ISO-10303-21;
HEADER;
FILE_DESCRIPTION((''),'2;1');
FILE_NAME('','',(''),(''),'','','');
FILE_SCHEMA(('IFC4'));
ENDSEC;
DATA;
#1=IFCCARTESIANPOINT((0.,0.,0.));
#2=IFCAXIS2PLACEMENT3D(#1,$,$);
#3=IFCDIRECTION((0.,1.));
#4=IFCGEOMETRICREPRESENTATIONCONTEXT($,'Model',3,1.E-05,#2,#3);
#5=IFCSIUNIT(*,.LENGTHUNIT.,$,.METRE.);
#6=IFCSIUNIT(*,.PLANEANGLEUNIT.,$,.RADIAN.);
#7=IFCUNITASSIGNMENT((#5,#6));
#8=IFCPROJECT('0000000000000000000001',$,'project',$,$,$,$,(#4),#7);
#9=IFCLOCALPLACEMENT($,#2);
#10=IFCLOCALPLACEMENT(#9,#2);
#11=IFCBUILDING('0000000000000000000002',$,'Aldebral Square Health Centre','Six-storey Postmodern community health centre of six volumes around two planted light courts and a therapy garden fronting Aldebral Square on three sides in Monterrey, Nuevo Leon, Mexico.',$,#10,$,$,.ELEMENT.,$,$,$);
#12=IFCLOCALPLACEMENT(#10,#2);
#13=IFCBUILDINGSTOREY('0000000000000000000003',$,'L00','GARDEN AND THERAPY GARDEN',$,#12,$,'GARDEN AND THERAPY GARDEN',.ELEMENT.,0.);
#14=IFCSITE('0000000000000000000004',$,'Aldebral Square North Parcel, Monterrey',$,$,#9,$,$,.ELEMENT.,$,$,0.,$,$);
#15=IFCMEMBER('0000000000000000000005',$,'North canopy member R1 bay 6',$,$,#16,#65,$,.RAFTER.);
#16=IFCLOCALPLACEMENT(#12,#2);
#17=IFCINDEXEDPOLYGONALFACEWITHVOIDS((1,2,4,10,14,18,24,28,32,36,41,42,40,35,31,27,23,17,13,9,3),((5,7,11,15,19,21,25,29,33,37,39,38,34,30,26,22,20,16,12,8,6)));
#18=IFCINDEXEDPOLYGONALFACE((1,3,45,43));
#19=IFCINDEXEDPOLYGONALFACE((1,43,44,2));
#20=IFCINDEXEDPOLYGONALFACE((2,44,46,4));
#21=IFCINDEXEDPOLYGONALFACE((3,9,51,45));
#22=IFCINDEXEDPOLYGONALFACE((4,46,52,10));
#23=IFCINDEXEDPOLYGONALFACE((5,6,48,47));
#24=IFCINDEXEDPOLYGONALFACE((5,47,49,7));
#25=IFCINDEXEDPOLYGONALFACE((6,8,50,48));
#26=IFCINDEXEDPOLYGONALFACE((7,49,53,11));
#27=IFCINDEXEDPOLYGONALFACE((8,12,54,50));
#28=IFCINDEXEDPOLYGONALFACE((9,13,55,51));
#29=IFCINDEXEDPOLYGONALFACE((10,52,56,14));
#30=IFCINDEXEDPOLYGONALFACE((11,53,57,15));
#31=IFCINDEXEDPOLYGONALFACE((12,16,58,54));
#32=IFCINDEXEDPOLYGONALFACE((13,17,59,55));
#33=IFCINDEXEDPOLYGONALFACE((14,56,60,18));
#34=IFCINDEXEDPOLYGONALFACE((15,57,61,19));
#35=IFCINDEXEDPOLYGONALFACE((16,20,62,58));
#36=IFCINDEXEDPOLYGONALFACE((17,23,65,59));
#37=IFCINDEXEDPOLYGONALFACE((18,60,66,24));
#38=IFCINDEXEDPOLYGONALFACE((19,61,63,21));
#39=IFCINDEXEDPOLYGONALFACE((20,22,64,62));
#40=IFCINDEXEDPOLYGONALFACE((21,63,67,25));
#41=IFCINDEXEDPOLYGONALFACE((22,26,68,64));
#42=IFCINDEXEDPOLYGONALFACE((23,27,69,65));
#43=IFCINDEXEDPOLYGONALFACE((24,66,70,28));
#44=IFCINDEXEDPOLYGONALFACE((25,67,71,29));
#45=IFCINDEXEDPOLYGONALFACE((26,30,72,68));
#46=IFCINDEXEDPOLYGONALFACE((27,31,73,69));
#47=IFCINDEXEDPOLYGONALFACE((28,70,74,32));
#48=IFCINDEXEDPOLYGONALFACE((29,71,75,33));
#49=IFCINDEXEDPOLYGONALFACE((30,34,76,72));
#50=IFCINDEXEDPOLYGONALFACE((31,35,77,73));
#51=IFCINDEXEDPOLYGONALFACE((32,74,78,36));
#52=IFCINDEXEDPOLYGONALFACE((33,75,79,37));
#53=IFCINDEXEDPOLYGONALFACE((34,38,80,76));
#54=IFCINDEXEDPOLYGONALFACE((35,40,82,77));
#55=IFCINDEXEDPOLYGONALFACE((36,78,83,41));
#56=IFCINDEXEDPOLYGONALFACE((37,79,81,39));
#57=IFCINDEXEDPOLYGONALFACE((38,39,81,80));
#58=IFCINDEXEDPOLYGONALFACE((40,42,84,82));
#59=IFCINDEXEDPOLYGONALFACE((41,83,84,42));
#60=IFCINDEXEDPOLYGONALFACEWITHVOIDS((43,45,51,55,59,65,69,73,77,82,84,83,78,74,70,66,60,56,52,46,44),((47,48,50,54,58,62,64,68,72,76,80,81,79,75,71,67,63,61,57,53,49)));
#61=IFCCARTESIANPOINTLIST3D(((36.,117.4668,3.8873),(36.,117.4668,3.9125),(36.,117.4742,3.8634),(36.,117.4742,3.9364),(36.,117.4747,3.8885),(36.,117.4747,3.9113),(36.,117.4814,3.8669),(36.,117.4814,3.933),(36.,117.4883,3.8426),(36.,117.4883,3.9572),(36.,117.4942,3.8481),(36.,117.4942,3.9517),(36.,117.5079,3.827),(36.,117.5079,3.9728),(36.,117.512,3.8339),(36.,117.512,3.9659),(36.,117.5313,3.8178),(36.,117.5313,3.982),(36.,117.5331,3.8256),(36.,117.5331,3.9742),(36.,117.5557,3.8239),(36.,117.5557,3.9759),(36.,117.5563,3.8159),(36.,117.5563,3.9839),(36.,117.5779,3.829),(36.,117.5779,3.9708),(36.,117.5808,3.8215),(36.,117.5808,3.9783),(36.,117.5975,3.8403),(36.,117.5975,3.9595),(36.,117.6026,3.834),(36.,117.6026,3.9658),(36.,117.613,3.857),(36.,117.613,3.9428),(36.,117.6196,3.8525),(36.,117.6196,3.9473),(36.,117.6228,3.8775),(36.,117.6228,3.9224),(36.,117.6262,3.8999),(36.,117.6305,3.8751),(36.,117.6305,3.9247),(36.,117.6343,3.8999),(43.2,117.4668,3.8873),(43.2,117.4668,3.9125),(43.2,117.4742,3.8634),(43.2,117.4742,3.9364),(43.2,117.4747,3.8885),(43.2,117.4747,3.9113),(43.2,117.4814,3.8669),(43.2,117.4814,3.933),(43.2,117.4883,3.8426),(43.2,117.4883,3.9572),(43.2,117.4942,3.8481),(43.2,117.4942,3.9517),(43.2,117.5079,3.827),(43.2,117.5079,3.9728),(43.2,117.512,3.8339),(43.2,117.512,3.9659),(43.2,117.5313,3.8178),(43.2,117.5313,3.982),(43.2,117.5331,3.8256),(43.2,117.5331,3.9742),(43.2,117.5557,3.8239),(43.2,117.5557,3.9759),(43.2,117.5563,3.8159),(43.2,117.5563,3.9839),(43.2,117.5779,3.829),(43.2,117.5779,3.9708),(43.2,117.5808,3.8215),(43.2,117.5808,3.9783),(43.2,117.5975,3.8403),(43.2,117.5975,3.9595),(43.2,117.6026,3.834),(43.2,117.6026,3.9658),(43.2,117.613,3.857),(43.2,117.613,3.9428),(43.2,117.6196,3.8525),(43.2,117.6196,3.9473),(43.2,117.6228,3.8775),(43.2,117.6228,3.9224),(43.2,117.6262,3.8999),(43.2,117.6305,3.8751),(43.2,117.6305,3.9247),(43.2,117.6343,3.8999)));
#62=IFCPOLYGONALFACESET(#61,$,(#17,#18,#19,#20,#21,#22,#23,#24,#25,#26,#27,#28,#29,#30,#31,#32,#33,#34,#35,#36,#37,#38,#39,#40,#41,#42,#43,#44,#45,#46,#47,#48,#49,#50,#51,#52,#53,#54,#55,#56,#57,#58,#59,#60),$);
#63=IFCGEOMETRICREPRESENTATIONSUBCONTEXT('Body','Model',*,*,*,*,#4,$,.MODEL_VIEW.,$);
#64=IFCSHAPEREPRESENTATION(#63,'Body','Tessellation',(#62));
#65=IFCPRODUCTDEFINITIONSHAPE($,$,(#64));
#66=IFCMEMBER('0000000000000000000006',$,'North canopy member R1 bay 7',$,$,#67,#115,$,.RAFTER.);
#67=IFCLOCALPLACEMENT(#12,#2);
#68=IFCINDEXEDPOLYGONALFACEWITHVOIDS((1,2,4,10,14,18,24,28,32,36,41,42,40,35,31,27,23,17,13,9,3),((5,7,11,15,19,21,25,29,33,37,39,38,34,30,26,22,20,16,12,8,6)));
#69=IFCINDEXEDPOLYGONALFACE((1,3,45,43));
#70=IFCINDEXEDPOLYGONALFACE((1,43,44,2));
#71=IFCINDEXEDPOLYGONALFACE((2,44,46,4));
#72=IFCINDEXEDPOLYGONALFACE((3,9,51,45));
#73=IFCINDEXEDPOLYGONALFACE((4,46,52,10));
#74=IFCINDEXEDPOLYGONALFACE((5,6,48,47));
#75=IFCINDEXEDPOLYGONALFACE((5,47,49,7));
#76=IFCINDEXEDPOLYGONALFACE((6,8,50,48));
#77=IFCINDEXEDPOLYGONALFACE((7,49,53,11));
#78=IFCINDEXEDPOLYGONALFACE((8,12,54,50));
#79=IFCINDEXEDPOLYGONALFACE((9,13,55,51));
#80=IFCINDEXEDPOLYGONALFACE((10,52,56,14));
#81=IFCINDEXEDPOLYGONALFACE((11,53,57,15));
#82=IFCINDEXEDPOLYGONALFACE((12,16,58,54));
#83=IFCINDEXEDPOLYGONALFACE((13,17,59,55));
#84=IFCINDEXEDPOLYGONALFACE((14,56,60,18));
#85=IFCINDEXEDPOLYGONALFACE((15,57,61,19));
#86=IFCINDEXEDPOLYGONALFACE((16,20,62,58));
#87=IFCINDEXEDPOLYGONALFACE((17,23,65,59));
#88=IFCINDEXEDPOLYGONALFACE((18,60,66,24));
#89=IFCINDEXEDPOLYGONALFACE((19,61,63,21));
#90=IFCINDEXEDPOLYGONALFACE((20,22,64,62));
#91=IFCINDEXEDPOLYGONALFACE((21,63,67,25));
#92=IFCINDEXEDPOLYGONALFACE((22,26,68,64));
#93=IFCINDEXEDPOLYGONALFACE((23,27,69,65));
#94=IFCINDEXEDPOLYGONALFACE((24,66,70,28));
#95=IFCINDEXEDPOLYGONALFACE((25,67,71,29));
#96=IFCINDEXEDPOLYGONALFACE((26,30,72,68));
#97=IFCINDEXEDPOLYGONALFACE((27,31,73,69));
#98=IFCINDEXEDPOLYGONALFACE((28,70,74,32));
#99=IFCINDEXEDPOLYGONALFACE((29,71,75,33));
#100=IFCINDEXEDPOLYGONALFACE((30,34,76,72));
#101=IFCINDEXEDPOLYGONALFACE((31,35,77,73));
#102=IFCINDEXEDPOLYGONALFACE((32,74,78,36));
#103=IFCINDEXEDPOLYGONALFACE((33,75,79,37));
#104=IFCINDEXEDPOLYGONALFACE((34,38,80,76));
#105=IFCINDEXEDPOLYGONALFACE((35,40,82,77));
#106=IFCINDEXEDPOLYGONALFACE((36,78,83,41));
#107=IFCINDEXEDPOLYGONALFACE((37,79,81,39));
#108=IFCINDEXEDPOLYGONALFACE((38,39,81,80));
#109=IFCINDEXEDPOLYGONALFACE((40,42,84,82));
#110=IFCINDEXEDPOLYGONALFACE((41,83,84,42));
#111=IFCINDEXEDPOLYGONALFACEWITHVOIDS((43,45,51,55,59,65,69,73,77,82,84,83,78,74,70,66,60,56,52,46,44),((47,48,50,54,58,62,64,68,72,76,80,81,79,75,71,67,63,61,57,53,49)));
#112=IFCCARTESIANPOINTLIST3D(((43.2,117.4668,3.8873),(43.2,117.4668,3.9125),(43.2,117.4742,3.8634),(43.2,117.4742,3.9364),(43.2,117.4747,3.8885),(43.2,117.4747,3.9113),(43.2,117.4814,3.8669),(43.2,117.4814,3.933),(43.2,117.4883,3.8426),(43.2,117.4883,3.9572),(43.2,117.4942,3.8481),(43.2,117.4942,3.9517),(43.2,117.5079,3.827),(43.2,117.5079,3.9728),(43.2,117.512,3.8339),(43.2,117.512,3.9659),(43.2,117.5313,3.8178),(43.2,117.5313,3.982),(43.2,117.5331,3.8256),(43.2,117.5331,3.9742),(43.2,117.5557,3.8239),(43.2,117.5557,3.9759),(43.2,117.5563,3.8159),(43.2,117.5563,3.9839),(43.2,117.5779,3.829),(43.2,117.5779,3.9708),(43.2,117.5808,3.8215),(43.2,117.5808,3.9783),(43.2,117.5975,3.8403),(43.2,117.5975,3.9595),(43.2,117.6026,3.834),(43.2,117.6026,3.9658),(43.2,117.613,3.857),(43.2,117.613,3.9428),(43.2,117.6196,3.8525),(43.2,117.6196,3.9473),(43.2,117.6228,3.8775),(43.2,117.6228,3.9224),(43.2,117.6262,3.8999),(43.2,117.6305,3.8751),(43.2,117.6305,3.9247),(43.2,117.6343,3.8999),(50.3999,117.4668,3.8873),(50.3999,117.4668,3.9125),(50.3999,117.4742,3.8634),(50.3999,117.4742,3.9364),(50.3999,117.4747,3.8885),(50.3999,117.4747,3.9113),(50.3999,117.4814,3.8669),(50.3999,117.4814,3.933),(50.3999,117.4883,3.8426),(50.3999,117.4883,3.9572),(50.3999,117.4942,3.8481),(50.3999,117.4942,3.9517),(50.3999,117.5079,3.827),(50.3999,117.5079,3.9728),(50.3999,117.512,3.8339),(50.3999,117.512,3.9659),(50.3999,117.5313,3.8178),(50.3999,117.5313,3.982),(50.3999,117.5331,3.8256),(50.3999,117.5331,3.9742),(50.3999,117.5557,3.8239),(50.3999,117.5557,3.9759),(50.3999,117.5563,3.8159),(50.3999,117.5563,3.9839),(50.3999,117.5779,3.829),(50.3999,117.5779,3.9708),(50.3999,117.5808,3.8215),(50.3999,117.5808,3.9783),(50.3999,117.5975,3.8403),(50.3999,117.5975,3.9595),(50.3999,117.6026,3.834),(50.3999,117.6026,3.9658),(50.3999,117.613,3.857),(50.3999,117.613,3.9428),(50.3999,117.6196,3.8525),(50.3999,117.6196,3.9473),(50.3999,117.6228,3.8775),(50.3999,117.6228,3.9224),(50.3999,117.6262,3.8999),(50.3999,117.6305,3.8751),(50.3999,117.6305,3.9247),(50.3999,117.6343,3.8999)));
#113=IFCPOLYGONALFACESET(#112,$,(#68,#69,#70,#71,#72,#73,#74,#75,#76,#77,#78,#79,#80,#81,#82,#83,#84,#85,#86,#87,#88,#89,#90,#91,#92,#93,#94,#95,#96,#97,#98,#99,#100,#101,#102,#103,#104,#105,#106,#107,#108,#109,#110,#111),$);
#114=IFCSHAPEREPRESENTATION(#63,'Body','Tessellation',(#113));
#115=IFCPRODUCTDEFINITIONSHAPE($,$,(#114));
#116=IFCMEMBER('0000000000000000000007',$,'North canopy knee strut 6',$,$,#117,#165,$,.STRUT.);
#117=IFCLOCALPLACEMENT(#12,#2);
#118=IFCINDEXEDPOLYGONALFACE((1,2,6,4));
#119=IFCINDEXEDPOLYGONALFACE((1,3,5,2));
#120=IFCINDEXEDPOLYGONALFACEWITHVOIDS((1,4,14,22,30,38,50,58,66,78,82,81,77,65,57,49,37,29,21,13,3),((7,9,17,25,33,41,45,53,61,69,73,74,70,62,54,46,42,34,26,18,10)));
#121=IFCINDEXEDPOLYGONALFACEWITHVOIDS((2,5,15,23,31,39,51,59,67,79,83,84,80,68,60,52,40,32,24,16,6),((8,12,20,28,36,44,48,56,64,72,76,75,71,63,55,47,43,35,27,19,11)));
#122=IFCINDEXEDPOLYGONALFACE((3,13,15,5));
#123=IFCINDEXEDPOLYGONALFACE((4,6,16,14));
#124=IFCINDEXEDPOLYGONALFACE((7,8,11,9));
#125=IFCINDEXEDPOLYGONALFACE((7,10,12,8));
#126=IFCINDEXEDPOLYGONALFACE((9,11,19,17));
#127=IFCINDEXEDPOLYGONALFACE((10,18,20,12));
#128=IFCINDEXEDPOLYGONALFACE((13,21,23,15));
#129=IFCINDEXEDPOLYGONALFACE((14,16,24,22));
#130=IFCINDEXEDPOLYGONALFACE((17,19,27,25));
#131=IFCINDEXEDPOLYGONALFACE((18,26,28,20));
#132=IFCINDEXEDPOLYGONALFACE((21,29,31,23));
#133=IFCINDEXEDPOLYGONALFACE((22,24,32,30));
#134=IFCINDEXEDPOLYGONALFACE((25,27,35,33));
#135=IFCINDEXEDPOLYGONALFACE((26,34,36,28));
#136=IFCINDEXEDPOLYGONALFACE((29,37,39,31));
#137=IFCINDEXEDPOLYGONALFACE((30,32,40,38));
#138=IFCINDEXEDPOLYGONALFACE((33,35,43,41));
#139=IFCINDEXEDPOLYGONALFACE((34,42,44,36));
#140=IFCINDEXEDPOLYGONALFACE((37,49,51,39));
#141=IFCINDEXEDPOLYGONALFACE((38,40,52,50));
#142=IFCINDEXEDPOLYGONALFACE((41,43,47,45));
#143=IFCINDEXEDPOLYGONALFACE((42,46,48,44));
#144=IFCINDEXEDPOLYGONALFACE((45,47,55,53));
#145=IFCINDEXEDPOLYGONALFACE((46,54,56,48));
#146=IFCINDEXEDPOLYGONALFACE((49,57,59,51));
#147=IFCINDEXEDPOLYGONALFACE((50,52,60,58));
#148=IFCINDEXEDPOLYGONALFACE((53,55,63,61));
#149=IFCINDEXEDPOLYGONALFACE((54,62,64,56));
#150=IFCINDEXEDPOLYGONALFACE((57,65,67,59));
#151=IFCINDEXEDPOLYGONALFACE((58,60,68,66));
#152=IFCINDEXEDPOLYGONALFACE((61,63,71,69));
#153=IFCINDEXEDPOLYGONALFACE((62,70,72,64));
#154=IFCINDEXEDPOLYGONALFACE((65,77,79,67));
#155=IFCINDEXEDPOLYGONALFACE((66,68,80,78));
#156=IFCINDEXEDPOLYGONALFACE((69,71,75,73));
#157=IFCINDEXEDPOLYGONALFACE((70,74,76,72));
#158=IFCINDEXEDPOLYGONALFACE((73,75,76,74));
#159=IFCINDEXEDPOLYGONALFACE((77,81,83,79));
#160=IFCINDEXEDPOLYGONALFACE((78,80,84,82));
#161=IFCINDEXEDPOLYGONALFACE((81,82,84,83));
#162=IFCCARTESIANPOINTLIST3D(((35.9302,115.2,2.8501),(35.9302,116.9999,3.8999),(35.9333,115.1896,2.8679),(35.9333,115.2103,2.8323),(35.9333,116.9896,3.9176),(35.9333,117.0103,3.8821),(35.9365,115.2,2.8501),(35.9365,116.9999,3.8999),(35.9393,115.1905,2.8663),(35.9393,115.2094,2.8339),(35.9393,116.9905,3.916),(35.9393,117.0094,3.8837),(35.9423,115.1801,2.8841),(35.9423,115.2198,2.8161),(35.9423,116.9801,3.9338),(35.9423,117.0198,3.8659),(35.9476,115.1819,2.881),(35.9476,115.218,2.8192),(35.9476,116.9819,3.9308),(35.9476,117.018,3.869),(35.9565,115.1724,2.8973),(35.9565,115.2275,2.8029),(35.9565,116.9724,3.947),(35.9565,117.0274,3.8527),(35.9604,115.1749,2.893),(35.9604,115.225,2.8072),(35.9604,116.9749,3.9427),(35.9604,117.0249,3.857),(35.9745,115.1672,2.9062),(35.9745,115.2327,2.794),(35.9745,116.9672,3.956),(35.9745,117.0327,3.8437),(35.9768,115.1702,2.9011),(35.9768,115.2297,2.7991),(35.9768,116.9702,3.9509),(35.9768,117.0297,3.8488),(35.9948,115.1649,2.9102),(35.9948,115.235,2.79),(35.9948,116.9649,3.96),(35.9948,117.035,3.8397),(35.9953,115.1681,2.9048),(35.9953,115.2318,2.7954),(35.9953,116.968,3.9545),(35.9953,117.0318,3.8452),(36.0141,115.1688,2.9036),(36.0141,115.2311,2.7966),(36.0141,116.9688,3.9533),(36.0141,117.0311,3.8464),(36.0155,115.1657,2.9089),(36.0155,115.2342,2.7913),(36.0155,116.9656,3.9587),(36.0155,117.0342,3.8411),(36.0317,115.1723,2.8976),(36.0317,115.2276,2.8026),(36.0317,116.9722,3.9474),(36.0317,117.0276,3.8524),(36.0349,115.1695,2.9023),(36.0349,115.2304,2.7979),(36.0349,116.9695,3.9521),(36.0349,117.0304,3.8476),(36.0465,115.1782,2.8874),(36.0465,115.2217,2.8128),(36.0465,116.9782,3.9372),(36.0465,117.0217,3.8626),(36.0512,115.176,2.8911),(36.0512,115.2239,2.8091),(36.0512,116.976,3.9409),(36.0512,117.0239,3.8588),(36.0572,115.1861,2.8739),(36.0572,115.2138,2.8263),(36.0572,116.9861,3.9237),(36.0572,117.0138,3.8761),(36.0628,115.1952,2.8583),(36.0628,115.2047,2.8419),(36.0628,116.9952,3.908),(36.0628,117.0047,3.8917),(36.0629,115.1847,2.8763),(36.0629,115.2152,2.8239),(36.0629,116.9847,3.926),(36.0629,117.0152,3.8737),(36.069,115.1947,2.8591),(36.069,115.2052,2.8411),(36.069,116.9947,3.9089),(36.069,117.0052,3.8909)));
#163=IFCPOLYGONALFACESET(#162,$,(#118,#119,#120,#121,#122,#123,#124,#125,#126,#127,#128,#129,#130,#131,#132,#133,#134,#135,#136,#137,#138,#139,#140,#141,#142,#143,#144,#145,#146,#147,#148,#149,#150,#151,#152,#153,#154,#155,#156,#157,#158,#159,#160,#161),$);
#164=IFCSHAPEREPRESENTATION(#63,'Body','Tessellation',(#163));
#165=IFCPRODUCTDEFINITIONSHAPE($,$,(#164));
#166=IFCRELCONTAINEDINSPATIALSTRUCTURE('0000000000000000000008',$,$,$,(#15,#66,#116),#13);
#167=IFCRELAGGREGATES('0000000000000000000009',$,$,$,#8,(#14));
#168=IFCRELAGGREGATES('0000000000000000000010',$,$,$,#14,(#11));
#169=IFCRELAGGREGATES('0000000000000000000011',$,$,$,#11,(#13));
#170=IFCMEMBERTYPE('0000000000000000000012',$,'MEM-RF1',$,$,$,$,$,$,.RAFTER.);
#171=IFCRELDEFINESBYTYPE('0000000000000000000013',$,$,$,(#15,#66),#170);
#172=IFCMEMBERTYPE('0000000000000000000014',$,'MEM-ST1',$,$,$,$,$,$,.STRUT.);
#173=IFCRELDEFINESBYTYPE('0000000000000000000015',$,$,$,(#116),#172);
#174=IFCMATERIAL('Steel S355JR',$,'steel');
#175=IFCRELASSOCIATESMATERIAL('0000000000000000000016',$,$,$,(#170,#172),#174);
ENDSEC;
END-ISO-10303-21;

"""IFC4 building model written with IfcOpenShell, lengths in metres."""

from ifc_helpers import new_model, si_unit, direction, frame, origin, origin_2d, place, context, subcontext, project, spatial, hollow_circle, extrude, material, material_profile, profile_set, type_object, element, save


model = new_model("IFC4")

# Units and contexts
model_context = context("Model", 3, precision=1e-05, world=origin(), true_north=direction((0.0, 1.0)))
body_context = subcontext(model_context, "Body", "Model", "MODEL_VIEW")
ifc_project = project(units=[si_unit("LENGTHUNIT", "METRE"), si_unit("PLANEANGLEUNIT", "RADIAN")], contexts=[model_context])

# Site, building, storey
site_placement = place(None, origin())
site = spatial("IfcSite", under=ifc_project, at=site_placement, Name="Aldebral Square North Parcel, Monterrey", CompositionType="ELEMENT", RefElevation=0.0)
building_placement = place(site_placement, origin())
building = spatial("IfcBuilding", under=site, at=building_placement, Name="Aldebral Square Health Centre", Description="Six-storey Postmodern community health centre of six volumes around two planted light courts and a therapy garden fronting Aldebral Square on three sides in Monterrey, Nuevo Leon, Mexico.", CompositionType="ELEMENT")
storey_placement = place(building_placement, origin())
storey = spatial("IfcBuildingStorey", under=building, at=storey_placement, Name="L00", Description="GARDEN AND THERAPY GARDEN", LongName="GARDEN AND THERAPY GARDEN", CompositionType="ELEMENT", Elevation=0.0)

# Shared definitions
ifc_material_1 = material(Name="Steel S355JR", Category="steel")

# Members
ifc_material_profile_1 = material_profile(ifc_material_1, hollow_circle(Radius=0.0842, WallThickness=0.0081, at=origin_2d()), Name="168.3x8.0 CHS")
ifc_profile_set_1 = profile_set([ifc_material_profile_1], Name="Steel S355JR")
member_type_1 = type_object("IfcMemberType", Name="MEM-RF1", PredefinedType="RAFTER", material=ifc_profile_set_1)
for number, where, z_axis, x_axis, name in (
    (1, (36.0, 117.55, 3.8999), (1.0, 0.0, 0.0), (0.0, 1.0, 0.0), "North canopy member R1 bay 6"),
    (2, (43.2, 117.55, 3.8999), (1.0, 0.0, 0.0), (0.0, 1.0, 0.0), "North canopy member R1 bay 7"),
):
    element("IfcMember", number, at=place(storey_placement, frame(where, z_axis=z_axis, x_axis=x_axis)), inside=storey, type_object=member_type_1, Name=name, PredefinedType="RAFTER", context=body_context, shape_type="SweptSolid", body=[
        extrude(hollow_circle(Radius=0.0842, WallThickness=0.0081, at=origin_2d()), origin(), (0.0, 0.0, 1.0), 7.2),
    ])
ifc_material_profile_2 = material_profile(ifc_material_1, hollow_circle(Radius=0.0698, WallThickness=0.0063, at=origin_2d()), Name="139.7x6.3 CHS")
ifc_profile_set_2 = profile_set([ifc_material_profile_2], Name="Steel S355JR")
member_type_2 = type_object("IfcMemberType", Name="MEM-ST1", PredefinedType="STRUT", material=ifc_profile_set_2)
for number, where, z_axis, x_axis, name in (
    (3, (36.0, 115.2, 2.8501), (0.0, 0.863826, 0.503791), (-1.0, 0.0, 0.0), "North canopy knee strut 6"),
):
    element("IfcMember", number, at=place(storey_placement, frame(where, z_axis=z_axis, x_axis=x_axis)), inside=storey, type_object=member_type_2, Name=name, PredefinedType="STRUT", context=body_context, shape_type="SweptSolid", body=[
        extrude(hollow_circle(Radius=0.0698, WallThickness=0.0063, at=origin_2d()), origin(), (0.0, 0.0, 1.0), 2.0837),
    ])

save(model, "model.ifc")
